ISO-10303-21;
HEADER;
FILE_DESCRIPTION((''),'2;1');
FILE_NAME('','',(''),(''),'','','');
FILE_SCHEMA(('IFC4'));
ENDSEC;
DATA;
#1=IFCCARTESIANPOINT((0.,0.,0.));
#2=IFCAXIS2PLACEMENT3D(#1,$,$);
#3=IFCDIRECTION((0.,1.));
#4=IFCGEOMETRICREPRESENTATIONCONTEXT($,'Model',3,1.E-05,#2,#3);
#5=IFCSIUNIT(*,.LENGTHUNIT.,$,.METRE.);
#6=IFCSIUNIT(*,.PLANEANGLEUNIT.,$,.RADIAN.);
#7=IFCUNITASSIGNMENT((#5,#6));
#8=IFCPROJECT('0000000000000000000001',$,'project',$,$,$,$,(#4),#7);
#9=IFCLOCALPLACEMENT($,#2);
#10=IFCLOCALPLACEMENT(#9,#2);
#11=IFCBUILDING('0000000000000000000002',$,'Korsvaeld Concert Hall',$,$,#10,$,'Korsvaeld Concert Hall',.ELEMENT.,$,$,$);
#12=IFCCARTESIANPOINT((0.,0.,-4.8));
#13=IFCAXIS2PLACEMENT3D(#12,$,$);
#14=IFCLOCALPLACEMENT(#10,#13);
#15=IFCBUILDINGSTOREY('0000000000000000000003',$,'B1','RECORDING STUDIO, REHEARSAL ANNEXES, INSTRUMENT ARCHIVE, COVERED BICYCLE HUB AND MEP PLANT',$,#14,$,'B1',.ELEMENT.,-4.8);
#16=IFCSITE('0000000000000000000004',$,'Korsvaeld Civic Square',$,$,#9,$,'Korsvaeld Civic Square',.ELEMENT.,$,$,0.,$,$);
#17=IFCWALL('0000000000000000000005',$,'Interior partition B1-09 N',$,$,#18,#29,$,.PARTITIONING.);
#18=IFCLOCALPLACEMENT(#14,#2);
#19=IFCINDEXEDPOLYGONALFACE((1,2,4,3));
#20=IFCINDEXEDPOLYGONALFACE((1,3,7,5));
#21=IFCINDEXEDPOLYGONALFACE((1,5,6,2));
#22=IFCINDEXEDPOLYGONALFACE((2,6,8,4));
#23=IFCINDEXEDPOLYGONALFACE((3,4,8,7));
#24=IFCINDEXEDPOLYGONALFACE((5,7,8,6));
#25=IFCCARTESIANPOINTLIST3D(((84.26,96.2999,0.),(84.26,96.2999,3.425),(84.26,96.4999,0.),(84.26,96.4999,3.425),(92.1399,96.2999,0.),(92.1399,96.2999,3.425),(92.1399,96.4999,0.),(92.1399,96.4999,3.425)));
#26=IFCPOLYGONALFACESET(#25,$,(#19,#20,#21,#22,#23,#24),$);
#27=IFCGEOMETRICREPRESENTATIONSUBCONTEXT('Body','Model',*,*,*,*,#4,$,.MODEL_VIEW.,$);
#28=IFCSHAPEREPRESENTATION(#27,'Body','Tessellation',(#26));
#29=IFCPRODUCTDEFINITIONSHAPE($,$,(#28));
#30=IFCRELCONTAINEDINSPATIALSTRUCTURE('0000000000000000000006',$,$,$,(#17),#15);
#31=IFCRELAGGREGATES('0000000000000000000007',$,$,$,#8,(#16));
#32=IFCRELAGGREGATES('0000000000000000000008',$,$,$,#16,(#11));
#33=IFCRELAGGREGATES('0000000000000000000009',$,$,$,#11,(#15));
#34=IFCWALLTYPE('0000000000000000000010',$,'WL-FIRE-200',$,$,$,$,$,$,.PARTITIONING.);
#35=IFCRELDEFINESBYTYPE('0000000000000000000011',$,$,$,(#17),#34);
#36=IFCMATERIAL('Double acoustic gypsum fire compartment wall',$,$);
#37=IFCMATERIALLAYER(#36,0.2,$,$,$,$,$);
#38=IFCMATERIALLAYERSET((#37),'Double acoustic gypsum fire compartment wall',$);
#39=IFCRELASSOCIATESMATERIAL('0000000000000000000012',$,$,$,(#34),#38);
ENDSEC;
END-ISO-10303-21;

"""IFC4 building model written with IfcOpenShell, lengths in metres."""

from ifc_helpers import new_model, si_unit, direction, frame, frame_2d, origin, place, context, subcontext, project, spatial, rectangle, extrude, material, layer, layer_set, type_object, element, save


model = new_model("IFC4")

# Units and contexts
model_context = context("Model", 3, precision=1e-05, world=origin(), true_north=direction((0.0, 1.0)))
body_context = subcontext(model_context, "Body", "Model", "MODEL_VIEW")
ifc_project = project(units=[si_unit("LENGTHUNIT", "METRE"), si_unit("PLANEANGLEUNIT", "RADIAN")], contexts=[model_context])

# Site, building, storey
site_placement = place(None, origin())
site = spatial("IfcSite", under=ifc_project, at=site_placement, Name="Korsvaeld Civic Square", LongName="Korsvaeld Civic Square", CompositionType="ELEMENT", RefElevation=0.0)
building_placement = place(site_placement, origin())
building = spatial("IfcBuilding", under=site, at=building_placement, Name="Korsvaeld Concert Hall", LongName="Korsvaeld Concert Hall", CompositionType="ELEMENT")
storey_placement = place(building_placement, frame((0.0, 0.0, -4.8)))
storey = spatial("IfcBuildingStorey", under=building, at=storey_placement, Name="B1", Description="RECORDING STUDIO, REHEARSAL ANNEXES, INSTRUMENT ARCHIVE, COVERED BICYCLE HUB AND MEP PLANT", LongName="B1", CompositionType="ELEMENT", Elevation=-4.8)

# Wall
ifc_material_1 = material(Name="Double acoustic gypsum fire compartment wall")
ifc_layer = layer(ifc_material_1, 0.2)
ifc_layer_set = layer_set([ifc_layer], Name="Double acoustic gypsum fire compartment wall")
wall_type = type_object("IfcWallType", Name="WL-FIRE-200", PredefinedType="PARTITIONING", material=ifc_layer_set)
wall_placement = place(storey_placement, frame((92.1399, 96.3999, 0.0), z_axis=(0.0, 0.0, 1.0), x_axis=(-1.0, 0.0, 0.0)))
element("IfcWall", 1, at=wall_placement, inside=storey, type_object=wall_type, Name="Interior partition B1-09 N", PredefinedType="PARTITIONING", context=body_context, shape_type="SweptSolid", body=[
    extrude(rectangle(XDim=7.8799, YDim=0.2, at=frame_2d((3.9399, 0.0))), origin(), (0.0, 0.0, 1.0), 3.425),
])

save(model, "model.ifc")
